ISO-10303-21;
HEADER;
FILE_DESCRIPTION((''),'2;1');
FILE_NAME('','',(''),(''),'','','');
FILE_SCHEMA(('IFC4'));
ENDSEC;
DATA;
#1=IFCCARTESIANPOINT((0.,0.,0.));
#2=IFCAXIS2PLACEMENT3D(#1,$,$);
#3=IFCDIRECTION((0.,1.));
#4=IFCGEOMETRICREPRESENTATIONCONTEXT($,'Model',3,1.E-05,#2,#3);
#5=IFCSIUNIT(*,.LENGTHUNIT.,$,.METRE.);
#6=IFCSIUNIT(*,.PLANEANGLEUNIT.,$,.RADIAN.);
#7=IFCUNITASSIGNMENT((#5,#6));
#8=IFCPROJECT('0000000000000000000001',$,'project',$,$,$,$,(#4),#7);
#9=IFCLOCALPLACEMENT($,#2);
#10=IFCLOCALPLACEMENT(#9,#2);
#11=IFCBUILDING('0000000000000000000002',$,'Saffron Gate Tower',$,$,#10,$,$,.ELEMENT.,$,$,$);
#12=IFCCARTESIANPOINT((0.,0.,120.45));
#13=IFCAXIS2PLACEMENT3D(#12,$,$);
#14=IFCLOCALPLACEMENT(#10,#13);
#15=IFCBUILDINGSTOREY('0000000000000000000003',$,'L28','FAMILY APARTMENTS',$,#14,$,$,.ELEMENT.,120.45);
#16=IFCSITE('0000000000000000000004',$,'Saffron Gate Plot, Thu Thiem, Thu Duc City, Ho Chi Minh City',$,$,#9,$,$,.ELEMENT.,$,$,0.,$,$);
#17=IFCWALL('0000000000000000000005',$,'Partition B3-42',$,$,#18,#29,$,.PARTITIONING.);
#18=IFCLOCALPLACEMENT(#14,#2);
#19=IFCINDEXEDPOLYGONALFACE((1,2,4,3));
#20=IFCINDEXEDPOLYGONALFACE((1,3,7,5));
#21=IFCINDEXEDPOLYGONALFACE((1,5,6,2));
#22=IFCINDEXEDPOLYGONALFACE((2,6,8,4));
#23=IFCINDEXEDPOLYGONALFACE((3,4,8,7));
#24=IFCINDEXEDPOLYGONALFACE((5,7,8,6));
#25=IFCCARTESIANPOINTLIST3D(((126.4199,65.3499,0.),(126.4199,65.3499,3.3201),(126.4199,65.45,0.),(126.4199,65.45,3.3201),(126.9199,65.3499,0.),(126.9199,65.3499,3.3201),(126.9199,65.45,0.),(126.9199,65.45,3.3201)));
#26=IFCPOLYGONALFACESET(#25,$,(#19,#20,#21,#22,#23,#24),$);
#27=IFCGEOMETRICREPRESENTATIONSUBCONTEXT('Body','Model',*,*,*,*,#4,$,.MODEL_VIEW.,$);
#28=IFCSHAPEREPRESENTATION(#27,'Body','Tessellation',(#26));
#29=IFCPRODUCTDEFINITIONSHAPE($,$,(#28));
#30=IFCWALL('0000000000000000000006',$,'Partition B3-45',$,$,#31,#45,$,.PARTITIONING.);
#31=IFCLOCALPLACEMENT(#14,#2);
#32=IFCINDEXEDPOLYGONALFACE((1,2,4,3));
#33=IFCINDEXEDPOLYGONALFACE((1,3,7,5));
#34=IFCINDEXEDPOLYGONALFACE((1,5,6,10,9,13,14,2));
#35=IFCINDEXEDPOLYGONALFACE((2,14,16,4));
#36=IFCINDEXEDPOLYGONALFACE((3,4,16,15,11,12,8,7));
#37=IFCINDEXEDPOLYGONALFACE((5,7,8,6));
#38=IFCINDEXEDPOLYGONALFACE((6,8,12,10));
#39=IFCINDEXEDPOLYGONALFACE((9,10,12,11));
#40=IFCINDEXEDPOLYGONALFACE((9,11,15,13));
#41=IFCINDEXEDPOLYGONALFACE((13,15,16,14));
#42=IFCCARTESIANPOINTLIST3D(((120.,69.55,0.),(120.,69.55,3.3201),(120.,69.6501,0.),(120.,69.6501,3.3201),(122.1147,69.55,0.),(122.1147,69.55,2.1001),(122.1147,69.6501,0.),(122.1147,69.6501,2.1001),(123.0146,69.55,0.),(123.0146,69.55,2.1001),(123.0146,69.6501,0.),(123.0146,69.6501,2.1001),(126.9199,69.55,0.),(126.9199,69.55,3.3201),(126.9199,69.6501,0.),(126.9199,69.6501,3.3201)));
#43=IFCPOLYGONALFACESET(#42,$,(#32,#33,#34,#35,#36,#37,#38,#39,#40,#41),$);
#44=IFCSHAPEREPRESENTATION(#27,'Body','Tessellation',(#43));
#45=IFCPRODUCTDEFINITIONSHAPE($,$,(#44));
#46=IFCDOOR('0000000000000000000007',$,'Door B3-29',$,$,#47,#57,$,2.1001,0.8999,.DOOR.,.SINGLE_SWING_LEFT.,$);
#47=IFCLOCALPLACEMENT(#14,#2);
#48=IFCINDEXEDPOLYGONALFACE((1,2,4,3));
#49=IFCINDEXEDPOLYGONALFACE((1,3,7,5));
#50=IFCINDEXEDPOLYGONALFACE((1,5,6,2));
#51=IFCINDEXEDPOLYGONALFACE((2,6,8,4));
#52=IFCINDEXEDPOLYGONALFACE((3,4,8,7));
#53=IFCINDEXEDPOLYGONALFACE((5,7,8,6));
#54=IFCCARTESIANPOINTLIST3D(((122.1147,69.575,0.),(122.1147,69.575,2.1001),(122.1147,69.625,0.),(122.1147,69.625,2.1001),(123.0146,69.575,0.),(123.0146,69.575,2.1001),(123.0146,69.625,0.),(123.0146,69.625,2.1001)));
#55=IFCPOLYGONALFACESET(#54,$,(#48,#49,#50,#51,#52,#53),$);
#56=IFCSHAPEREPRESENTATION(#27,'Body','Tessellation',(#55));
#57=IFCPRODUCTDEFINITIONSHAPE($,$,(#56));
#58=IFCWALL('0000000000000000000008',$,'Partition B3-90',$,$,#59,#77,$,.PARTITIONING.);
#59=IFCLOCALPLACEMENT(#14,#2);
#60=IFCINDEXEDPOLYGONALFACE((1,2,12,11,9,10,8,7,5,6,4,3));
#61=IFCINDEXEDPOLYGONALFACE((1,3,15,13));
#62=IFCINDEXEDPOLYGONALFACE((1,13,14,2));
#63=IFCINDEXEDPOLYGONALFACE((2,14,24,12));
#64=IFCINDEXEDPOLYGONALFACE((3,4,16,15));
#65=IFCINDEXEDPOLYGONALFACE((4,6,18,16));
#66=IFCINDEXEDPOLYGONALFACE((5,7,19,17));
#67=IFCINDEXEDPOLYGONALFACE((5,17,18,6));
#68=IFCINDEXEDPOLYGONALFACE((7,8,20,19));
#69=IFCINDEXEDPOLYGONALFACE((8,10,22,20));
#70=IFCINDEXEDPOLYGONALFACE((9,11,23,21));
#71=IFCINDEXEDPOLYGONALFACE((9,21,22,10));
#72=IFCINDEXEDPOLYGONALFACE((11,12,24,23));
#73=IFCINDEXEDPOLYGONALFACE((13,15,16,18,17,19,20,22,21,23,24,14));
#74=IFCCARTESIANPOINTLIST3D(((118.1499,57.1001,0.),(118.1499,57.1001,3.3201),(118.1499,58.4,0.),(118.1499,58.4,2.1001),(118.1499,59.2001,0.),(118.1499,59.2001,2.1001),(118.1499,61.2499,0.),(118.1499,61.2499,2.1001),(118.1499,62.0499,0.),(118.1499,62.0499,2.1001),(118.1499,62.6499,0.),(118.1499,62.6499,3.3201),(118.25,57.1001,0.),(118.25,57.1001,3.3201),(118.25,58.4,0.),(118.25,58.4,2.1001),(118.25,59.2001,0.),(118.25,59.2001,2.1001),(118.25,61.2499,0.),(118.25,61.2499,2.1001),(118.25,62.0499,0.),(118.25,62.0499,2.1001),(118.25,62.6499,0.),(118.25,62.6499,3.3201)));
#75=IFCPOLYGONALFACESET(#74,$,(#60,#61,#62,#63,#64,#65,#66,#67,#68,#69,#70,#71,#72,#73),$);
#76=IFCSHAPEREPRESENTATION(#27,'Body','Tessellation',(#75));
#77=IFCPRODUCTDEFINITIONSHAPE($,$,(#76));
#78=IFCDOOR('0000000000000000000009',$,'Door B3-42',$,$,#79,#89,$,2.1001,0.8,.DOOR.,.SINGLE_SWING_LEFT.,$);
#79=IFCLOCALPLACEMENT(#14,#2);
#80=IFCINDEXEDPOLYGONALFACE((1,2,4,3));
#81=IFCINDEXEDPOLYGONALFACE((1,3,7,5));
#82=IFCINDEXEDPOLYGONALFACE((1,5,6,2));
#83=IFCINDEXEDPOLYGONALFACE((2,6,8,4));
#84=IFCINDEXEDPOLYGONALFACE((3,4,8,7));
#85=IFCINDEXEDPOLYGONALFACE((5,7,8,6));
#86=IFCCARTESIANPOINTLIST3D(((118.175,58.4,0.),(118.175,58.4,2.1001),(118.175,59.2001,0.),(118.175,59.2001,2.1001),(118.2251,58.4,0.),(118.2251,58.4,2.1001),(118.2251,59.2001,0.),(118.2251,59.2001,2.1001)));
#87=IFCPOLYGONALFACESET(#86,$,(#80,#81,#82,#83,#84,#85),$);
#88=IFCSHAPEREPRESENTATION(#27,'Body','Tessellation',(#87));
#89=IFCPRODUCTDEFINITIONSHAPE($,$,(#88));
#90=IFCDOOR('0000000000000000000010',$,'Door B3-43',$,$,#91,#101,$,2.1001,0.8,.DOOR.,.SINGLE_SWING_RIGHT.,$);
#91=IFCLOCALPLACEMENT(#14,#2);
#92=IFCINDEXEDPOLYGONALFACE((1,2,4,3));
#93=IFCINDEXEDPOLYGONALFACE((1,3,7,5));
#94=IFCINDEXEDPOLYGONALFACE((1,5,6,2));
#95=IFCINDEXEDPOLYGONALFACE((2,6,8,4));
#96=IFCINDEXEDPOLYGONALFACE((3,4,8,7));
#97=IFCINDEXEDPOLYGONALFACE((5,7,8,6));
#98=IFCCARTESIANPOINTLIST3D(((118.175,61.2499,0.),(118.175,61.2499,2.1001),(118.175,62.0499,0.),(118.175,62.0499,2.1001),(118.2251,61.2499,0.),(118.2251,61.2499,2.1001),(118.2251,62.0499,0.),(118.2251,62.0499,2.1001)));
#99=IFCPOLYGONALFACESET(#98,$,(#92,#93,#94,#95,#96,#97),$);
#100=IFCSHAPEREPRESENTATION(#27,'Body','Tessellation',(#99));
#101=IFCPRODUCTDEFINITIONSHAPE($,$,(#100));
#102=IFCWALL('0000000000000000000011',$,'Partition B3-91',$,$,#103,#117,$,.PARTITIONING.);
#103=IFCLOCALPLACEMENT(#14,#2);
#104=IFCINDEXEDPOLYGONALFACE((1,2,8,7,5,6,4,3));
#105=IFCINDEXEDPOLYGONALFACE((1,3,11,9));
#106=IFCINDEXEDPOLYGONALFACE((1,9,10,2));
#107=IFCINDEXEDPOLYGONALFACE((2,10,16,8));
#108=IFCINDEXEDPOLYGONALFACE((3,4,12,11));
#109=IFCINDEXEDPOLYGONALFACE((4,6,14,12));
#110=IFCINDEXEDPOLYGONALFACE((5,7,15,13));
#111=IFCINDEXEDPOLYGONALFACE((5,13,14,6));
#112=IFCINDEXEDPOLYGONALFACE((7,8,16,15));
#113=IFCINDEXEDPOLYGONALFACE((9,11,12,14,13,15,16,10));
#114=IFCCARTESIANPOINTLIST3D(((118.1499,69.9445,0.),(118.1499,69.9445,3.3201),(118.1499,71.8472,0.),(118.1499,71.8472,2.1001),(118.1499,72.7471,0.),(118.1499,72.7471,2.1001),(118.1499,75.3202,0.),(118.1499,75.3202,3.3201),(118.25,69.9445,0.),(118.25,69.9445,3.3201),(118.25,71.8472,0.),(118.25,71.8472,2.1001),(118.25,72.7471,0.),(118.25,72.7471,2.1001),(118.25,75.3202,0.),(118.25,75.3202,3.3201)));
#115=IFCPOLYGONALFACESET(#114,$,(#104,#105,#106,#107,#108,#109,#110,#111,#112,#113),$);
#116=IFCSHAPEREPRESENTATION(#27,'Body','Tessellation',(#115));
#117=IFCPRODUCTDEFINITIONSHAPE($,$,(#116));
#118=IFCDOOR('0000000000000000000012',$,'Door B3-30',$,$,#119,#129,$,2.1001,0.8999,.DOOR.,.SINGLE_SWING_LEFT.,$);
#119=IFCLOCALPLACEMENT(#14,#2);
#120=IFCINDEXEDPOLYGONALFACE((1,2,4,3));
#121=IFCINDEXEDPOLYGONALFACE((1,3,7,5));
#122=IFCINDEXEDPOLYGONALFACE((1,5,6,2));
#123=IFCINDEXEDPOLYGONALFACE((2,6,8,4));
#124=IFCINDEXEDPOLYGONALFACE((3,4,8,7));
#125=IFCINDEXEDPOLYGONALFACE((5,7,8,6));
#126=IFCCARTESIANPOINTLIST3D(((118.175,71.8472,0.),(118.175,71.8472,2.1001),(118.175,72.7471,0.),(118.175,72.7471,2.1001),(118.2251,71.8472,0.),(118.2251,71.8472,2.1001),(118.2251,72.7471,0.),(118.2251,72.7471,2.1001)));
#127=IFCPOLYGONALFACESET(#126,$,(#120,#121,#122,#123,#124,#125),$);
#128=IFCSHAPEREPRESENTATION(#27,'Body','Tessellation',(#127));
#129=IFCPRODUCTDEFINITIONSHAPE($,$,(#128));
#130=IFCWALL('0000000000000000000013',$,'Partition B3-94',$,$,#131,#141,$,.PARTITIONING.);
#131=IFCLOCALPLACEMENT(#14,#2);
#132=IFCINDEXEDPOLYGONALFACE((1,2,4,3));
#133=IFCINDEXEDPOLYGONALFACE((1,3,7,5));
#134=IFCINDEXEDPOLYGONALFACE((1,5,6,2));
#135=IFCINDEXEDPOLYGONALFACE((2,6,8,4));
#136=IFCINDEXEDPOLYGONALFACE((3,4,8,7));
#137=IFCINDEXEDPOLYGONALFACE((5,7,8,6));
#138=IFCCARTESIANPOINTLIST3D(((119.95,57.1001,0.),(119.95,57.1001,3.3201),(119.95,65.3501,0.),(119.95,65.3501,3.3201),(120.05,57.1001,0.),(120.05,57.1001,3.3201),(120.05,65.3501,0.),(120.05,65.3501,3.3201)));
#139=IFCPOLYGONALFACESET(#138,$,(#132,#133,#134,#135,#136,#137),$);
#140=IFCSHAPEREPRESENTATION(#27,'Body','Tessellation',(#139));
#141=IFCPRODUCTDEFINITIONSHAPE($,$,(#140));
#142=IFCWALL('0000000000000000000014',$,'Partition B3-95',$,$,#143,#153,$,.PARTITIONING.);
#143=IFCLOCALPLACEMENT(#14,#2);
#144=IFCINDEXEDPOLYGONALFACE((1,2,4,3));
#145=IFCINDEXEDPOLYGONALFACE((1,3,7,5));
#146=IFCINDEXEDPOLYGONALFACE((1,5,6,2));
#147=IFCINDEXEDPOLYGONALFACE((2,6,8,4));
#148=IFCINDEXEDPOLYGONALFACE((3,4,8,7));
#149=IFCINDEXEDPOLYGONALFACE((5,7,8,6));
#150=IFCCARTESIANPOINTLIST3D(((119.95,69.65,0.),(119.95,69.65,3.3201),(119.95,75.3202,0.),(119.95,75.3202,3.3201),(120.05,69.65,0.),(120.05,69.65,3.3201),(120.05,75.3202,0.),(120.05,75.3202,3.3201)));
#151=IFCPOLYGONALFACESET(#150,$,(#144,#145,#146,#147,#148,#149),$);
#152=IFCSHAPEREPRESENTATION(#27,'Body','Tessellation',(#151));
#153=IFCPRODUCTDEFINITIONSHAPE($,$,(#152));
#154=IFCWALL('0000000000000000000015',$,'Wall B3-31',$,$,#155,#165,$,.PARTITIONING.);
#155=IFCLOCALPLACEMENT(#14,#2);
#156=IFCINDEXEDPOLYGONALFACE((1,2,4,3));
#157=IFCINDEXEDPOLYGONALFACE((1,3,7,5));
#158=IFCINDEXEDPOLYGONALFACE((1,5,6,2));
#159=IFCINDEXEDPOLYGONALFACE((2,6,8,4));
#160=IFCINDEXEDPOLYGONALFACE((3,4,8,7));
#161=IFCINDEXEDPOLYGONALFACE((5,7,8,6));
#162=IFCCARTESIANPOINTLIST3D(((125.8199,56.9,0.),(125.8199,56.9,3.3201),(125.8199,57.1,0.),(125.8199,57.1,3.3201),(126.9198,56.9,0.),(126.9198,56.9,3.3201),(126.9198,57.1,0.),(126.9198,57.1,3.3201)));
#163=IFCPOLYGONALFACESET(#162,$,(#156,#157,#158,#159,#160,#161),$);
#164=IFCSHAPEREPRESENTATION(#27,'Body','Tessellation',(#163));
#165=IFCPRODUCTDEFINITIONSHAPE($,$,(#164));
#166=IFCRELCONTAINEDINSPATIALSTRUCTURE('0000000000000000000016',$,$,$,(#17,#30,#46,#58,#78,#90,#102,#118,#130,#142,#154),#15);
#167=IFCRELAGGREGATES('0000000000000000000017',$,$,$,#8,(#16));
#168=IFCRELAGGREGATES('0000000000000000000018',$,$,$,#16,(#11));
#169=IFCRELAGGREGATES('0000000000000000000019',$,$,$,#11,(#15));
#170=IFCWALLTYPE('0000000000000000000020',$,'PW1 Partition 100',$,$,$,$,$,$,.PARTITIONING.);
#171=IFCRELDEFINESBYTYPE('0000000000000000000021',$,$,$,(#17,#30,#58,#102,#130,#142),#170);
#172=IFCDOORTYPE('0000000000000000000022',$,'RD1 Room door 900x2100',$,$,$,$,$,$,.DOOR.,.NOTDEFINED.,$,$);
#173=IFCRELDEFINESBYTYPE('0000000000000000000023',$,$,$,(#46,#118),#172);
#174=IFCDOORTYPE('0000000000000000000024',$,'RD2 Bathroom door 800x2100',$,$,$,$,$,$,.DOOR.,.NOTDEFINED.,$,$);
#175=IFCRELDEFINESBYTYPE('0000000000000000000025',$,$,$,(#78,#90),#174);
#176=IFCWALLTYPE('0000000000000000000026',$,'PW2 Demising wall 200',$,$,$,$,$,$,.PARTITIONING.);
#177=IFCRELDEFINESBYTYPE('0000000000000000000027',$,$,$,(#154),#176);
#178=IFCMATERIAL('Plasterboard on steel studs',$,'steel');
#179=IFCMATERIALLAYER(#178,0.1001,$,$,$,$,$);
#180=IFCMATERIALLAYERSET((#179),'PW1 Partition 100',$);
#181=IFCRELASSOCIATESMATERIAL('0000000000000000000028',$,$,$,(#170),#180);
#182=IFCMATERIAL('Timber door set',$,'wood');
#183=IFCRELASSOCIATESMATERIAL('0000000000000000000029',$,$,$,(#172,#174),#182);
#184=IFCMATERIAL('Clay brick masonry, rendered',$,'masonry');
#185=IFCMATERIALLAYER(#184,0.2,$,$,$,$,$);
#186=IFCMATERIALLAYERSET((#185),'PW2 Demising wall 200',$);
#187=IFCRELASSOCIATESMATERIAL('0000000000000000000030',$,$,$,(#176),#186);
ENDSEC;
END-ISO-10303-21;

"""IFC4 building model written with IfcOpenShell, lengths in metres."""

from ifc_helpers import new_model, si_unit, direction, frame, frame_2d, origin, place, context, subcontext, project, spatial, rectangle, extrude, material, layer, layer_set, type_object, element, fill, save


model = new_model("IFC4")

# Units and contexts
model_context = context("Model", 3, precision=1e-05, world=origin(), true_north=direction((0.0, 1.0)))
body_context = subcontext(model_context, "Body", "Model", "MODEL_VIEW")
ifc_project = project(units=[si_unit("LENGTHUNIT", "METRE"), si_unit("PLANEANGLEUNIT", "RADIAN")], contexts=[model_context])

# Site, building, storey
site_placement = place(None, origin())
site = spatial("IfcSite", under=ifc_project, at=site_placement, Name="Saffron Gate Plot, Thu Thiem, Thu Duc City, Ho Chi Minh City", CompositionType="ELEMENT", RefElevation=0.0)
building_placement = place(site_placement, origin())
building = spatial("IfcBuilding", under=site, at=building_placement, Name="Saffron Gate Tower", CompositionType="ELEMENT")
storey_placement = place(building_placement, frame((0.0, 0.0, 120.45)))
storey = spatial("IfcBuildingStorey", under=building, at=storey_placement, Name="L28", Description="FAMILY APARTMENTS", CompositionType="ELEMENT", Elevation=120.45)

# Shared definitions
ifc_material_1 = material(Name="Plasterboard on steel studs", Category="steel")
ifc_layer_1 = layer(ifc_material_1, 0.1001)
ifc_layer_set_1 = layer_set([ifc_layer_1], Name="PW1 Partition 100")
wall_type_1 = type_object("IfcWallType", Name="PW1 Partition 100", PredefinedType="PARTITIONING", material=ifc_layer_set_1)
ifc_material_2 = material(Name="Timber door set", Category="wood")
door_type_1 = type_object("IfcDoorType", Name="RD1 Room door 900x2100", OperationType="NOTDEFINED", PredefinedType="DOOR", material=ifc_material_2)

# Wall
wall_1_placement = place(storey_placement, frame((126.4199, 65.3999, 0.0), z_axis=(0.0, 0.0, 1.0), x_axis=(1.0, 0.0, 0.0)))
element("IfcWall", 1, at=wall_1_placement, inside=storey, type_object=wall_type_1, Name="Partition B3-42", PredefinedType="PARTITIONING", context=body_context, shape_type="SweptSolid", body=[
    extrude(rectangle(XDim=0.5, YDim=0.1001, at=frame_2d((0.25, 0.0))), origin(), (0.0, 0.0, 1.0), 3.3201),
])

# Wall, opening, door
wall_2_placement = place(storey_placement, frame((120.0, 69.6001, 0.0), z_axis=(0.0, 0.0, 1.0), x_axis=(1.0, 0.0, 0.0)))
wall_2 = element("IfcWall", 2, at=wall_2_placement, inside=storey, type_object=wall_type_1, Name="Partition B3-45", PredefinedType="PARTITIONING", context=body_context, shape_type="SweptSolid", body=[
    extrude(rectangle(XDim=6.9199, YDim=0.1001, at=frame_2d((3.46, 0.0))), origin(), (0.0, 0.0, 1.0), 3.3201),
])
opening_1_placement = place(wall_2_placement, frame((2.1147, 0.0, 0.0)))
opening_1 = element("IfcOpeningElement", 3, at=opening_1_placement, cuts=wall_2, PredefinedType="OPENING", context=body_context, shape_type="SweptSolid", body=[
    extrude(rectangle(XDim=0.8999, YDim=2.1001, at=frame_2d((0.45, 1.05))), frame((0.0, 0.0601, 0.0), z_axis=(0.0, -1.0, 0.0), x_axis=(1.0, 0.0, 0.0)), (0.0, 0.0, 1.0), 0.1201),
])
door_1_placement = place(opening_1_placement, origin())
door_1 = element("IfcDoor", 4, at=door_1_placement, inside=storey, type_object=door_type_1, Name="Door B3-29", OperationType="SINGLE_SWING_LEFT", OverallHeight=2.1001, OverallWidth=0.8999, PredefinedType="DOOR", context=body_context, shape_type="SweptSolid", body=[
    extrude(rectangle(XDim=0.8999, YDim=2.1001, at=frame_2d((0.45, 1.05))), frame((0.0, 0.0249, 0.0), z_axis=(0.0, -1.0, 0.0), x_axis=(1.0, 0.0, 0.0)), (0.0, 0.0, 1.0), 0.05),
])
fill(opening_1, door_1)

# Wall, openings, doors
wall_3_placement = place(storey_placement, frame((118.2, 57.1001, 0.0), z_axis=(0.0, 0.0, 1.0), x_axis=(0.0, 1.0, 0.0)))
wall_3 = element("IfcWall", 5, at=wall_3_placement, inside=storey, type_object=wall_type_1, Name="Partition B3-90", PredefinedType="PARTITIONING", context=body_context, shape_type="SweptSolid", body=[
    extrude(rectangle(XDim=5.5498, YDim=0.1001, at=frame_2d((2.7749, 0.0))), origin(), (0.0, 0.0, 1.0), 3.3201),
])
opening_2_placement = place(wall_3_placement, frame((1.3, 0.0, 0.0)))
opening_2 = element("IfcOpeningElement", 6, at=opening_2_placement, cuts=wall_3, PredefinedType="OPENING", context=body_context, shape_type="SweptSolid", body=[
    extrude(rectangle(XDim=0.8, YDim=2.1001, at=frame_2d((0.3999, 1.05))), frame((0.0, 0.0601, 0.0), z_axis=(0.0, -1.0, 0.0), x_axis=(1.0, 0.0, 0.0)), (0.0, 0.0, 1.0), 0.1201),
])
opening_3_placement = place(wall_3_placement, frame((4.1499, 0.0, 0.0)))
opening_3 = element("IfcOpeningElement", 7, at=opening_3_placement, cuts=wall_3, PredefinedType="OPENING", context=body_context, shape_type="SweptSolid", body=[
    extrude(rectangle(XDim=0.8, YDim=2.1001, at=frame_2d((0.3999, 1.05))), frame((0.0, 0.0601, 0.0), z_axis=(0.0, -1.0, 0.0), x_axis=(1.0, 0.0, 0.0)), (0.0, 0.0, 1.0), 0.1201),
])
door_type_2 = type_object("IfcDoorType", Name="RD2 Bathroom door 800x2100", OperationType="NOTDEFINED", PredefinedType="DOOR", material=ifc_material_2)
door_2_placement = place(opening_2_placement, origin())
door_2 = element("IfcDoor", 8, at=door_2_placement, inside=storey, type_object=door_type_2, Name="Door B3-42", OperationType="SINGLE_SWING_LEFT", OverallHeight=2.1001, OverallWidth=0.8, PredefinedType="DOOR", context=body_context, shape_type="SweptSolid", body=[
    extrude(rectangle(XDim=0.8, YDim=2.1001, at=frame_2d((0.3999, 1.05))), frame((0.0, 0.0249, 0.0), z_axis=(0.0, -1.0, 0.0), x_axis=(1.0, 0.0, 0.0)), (0.0, 0.0, 1.0), 0.05),
])
fill(opening_2, door_2)
door_3_placement = place(opening_3_placement, origin())
door_3 = element("IfcDoor", 9, at=door_3_placement, inside=storey, type_object=door_type_2, Name="Door B3-43", OperationType="SINGLE_SWING_RIGHT", OverallHeight=2.1001, OverallWidth=0.8, PredefinedType="DOOR", context=body_context, shape_type="SweptSolid", body=[
    extrude(rectangle(XDim=0.8, YDim=2.1001, at=frame_2d((0.3999, 1.05))), frame((0.0, 0.0249, 0.0), z_axis=(0.0, -1.0, 0.0), x_axis=(1.0, 0.0, 0.0)), (0.0, 0.0, 1.0), 0.05),
])
fill(opening_3, door_3)

# Wall, opening, door
wall_4_placement = place(storey_placement, frame((118.2, 69.9443, 0.0), z_axis=(0.0, 0.0, 1.0), x_axis=(0.0, 1.0, 0.0)))
wall_4 = element("IfcWall", 10, at=wall_4_placement, inside=storey, type_object=wall_type_1, Name="Partition B3-91", PredefinedType="PARTITIONING", context=body_context, shape_type="SweptSolid", body=[
    extrude(rectangle(XDim=5.3757, YDim=0.1001, at=frame_2d((2.688, 0.0))), origin(), (0.0, 0.0, 1.0), 3.3201),
])
opening_4_placement = place(wall_4_placement, frame((1.9028, 0.0, 0.0)))
opening_4 = element("IfcOpeningElement", 11, at=opening_4_placement, cuts=wall_4, PredefinedType="OPENING", context=body_context, shape_type="SweptSolid", body=[
    extrude(rectangle(XDim=0.8999, YDim=2.1001, at=frame_2d((0.45, 1.05))), frame((0.0, 0.0601, 0.0), z_axis=(0.0, -1.0, 0.0), x_axis=(1.0, 0.0, 0.0)), (0.0, 0.0, 1.0), 0.1201),
])
door_4_placement = place(opening_4_placement, origin())
door_4 = element("IfcDoor", 12, at=door_4_placement, inside=storey, type_object=door_type_1, Name="Door B3-30", OperationType="SINGLE_SWING_LEFT", OverallHeight=2.1001, OverallWidth=0.8999, PredefinedType="DOOR", context=body_context, shape_type="SweptSolid", body=[
    extrude(rectangle(XDim=0.8999, YDim=2.1001, at=frame_2d((0.45, 1.05))), frame((0.0, 0.0249, 0.0), z_axis=(0.0, -1.0, 0.0), x_axis=(1.0, 0.0, 0.0)), (0.0, 0.0, 1.0), 0.05),
])
fill(opening_4, door_4)

# Walls
wall_5_placement = place(storey_placement, frame((120.0, 65.3501, 0.0), z_axis=(0.0, 0.0, 1.0), x_axis=(0.0, -1.0, 0.0)))
element("IfcWall", 13, at=wall_5_placement, inside=storey, type_object=wall_type_1, Name="Partition B3-94", PredefinedType="PARTITIONING", context=body_context, shape_type="SweptSolid", body=[
    extrude(rectangle(XDim=8.25, YDim=0.1001, at=frame_2d((4.125, 0.0))), origin(), (0.0, 0.0, 1.0), 3.3201),
])
wall_6_placement = place(storey_placement, frame((120.0, 75.3201, 0.0), z_axis=(0.0, 0.0, 1.0), x_axis=(0.0, -1.0, 0.0)))
element("IfcWall", 14, at=wall_6_placement, inside=storey, type_object=wall_type_1, Name="Partition B3-95", PredefinedType="PARTITIONING", context=body_context, shape_type="SweptSolid", body=[
    extrude(rectangle(XDim=5.6702, YDim=0.1001, at=frame_2d((2.835, 0.0))), origin(), (0.0, 0.0, 1.0), 3.3201),
])
ifc_material_3 = material(Name="Clay brick masonry, rendered", Category="masonry")
ifc_layer_2 = layer(ifc_material_3, 0.2)
ifc_layer_set_2 = layer_set([ifc_layer_2], Name="PW2 Demising wall 200")
wall_type_2 = type_object("IfcWallType", Name="PW2 Demising wall 200", PredefinedType="PARTITIONING", material=ifc_layer_set_2)
wall_7_placement = place(storey_placement, frame((125.8201, 57.0, 0.0), z_axis=(0.0, 0.0, 1.0), x_axis=(1.0, 0.0, 0.0)))
element("IfcWall", 15, at=wall_7_placement, inside=storey, type_object=wall_type_2, Name="Wall B3-31", PredefinedType="PARTITIONING", context=body_context, shape_type="SweptSolid", body=[
    extrude(rectangle(XDim=1.0999, YDim=0.2, at=frame_2d((0.5498, 0.0))), origin(), (0.0, 0.0, 1.0), 3.3201),
])

save(model, "model.ifc")
